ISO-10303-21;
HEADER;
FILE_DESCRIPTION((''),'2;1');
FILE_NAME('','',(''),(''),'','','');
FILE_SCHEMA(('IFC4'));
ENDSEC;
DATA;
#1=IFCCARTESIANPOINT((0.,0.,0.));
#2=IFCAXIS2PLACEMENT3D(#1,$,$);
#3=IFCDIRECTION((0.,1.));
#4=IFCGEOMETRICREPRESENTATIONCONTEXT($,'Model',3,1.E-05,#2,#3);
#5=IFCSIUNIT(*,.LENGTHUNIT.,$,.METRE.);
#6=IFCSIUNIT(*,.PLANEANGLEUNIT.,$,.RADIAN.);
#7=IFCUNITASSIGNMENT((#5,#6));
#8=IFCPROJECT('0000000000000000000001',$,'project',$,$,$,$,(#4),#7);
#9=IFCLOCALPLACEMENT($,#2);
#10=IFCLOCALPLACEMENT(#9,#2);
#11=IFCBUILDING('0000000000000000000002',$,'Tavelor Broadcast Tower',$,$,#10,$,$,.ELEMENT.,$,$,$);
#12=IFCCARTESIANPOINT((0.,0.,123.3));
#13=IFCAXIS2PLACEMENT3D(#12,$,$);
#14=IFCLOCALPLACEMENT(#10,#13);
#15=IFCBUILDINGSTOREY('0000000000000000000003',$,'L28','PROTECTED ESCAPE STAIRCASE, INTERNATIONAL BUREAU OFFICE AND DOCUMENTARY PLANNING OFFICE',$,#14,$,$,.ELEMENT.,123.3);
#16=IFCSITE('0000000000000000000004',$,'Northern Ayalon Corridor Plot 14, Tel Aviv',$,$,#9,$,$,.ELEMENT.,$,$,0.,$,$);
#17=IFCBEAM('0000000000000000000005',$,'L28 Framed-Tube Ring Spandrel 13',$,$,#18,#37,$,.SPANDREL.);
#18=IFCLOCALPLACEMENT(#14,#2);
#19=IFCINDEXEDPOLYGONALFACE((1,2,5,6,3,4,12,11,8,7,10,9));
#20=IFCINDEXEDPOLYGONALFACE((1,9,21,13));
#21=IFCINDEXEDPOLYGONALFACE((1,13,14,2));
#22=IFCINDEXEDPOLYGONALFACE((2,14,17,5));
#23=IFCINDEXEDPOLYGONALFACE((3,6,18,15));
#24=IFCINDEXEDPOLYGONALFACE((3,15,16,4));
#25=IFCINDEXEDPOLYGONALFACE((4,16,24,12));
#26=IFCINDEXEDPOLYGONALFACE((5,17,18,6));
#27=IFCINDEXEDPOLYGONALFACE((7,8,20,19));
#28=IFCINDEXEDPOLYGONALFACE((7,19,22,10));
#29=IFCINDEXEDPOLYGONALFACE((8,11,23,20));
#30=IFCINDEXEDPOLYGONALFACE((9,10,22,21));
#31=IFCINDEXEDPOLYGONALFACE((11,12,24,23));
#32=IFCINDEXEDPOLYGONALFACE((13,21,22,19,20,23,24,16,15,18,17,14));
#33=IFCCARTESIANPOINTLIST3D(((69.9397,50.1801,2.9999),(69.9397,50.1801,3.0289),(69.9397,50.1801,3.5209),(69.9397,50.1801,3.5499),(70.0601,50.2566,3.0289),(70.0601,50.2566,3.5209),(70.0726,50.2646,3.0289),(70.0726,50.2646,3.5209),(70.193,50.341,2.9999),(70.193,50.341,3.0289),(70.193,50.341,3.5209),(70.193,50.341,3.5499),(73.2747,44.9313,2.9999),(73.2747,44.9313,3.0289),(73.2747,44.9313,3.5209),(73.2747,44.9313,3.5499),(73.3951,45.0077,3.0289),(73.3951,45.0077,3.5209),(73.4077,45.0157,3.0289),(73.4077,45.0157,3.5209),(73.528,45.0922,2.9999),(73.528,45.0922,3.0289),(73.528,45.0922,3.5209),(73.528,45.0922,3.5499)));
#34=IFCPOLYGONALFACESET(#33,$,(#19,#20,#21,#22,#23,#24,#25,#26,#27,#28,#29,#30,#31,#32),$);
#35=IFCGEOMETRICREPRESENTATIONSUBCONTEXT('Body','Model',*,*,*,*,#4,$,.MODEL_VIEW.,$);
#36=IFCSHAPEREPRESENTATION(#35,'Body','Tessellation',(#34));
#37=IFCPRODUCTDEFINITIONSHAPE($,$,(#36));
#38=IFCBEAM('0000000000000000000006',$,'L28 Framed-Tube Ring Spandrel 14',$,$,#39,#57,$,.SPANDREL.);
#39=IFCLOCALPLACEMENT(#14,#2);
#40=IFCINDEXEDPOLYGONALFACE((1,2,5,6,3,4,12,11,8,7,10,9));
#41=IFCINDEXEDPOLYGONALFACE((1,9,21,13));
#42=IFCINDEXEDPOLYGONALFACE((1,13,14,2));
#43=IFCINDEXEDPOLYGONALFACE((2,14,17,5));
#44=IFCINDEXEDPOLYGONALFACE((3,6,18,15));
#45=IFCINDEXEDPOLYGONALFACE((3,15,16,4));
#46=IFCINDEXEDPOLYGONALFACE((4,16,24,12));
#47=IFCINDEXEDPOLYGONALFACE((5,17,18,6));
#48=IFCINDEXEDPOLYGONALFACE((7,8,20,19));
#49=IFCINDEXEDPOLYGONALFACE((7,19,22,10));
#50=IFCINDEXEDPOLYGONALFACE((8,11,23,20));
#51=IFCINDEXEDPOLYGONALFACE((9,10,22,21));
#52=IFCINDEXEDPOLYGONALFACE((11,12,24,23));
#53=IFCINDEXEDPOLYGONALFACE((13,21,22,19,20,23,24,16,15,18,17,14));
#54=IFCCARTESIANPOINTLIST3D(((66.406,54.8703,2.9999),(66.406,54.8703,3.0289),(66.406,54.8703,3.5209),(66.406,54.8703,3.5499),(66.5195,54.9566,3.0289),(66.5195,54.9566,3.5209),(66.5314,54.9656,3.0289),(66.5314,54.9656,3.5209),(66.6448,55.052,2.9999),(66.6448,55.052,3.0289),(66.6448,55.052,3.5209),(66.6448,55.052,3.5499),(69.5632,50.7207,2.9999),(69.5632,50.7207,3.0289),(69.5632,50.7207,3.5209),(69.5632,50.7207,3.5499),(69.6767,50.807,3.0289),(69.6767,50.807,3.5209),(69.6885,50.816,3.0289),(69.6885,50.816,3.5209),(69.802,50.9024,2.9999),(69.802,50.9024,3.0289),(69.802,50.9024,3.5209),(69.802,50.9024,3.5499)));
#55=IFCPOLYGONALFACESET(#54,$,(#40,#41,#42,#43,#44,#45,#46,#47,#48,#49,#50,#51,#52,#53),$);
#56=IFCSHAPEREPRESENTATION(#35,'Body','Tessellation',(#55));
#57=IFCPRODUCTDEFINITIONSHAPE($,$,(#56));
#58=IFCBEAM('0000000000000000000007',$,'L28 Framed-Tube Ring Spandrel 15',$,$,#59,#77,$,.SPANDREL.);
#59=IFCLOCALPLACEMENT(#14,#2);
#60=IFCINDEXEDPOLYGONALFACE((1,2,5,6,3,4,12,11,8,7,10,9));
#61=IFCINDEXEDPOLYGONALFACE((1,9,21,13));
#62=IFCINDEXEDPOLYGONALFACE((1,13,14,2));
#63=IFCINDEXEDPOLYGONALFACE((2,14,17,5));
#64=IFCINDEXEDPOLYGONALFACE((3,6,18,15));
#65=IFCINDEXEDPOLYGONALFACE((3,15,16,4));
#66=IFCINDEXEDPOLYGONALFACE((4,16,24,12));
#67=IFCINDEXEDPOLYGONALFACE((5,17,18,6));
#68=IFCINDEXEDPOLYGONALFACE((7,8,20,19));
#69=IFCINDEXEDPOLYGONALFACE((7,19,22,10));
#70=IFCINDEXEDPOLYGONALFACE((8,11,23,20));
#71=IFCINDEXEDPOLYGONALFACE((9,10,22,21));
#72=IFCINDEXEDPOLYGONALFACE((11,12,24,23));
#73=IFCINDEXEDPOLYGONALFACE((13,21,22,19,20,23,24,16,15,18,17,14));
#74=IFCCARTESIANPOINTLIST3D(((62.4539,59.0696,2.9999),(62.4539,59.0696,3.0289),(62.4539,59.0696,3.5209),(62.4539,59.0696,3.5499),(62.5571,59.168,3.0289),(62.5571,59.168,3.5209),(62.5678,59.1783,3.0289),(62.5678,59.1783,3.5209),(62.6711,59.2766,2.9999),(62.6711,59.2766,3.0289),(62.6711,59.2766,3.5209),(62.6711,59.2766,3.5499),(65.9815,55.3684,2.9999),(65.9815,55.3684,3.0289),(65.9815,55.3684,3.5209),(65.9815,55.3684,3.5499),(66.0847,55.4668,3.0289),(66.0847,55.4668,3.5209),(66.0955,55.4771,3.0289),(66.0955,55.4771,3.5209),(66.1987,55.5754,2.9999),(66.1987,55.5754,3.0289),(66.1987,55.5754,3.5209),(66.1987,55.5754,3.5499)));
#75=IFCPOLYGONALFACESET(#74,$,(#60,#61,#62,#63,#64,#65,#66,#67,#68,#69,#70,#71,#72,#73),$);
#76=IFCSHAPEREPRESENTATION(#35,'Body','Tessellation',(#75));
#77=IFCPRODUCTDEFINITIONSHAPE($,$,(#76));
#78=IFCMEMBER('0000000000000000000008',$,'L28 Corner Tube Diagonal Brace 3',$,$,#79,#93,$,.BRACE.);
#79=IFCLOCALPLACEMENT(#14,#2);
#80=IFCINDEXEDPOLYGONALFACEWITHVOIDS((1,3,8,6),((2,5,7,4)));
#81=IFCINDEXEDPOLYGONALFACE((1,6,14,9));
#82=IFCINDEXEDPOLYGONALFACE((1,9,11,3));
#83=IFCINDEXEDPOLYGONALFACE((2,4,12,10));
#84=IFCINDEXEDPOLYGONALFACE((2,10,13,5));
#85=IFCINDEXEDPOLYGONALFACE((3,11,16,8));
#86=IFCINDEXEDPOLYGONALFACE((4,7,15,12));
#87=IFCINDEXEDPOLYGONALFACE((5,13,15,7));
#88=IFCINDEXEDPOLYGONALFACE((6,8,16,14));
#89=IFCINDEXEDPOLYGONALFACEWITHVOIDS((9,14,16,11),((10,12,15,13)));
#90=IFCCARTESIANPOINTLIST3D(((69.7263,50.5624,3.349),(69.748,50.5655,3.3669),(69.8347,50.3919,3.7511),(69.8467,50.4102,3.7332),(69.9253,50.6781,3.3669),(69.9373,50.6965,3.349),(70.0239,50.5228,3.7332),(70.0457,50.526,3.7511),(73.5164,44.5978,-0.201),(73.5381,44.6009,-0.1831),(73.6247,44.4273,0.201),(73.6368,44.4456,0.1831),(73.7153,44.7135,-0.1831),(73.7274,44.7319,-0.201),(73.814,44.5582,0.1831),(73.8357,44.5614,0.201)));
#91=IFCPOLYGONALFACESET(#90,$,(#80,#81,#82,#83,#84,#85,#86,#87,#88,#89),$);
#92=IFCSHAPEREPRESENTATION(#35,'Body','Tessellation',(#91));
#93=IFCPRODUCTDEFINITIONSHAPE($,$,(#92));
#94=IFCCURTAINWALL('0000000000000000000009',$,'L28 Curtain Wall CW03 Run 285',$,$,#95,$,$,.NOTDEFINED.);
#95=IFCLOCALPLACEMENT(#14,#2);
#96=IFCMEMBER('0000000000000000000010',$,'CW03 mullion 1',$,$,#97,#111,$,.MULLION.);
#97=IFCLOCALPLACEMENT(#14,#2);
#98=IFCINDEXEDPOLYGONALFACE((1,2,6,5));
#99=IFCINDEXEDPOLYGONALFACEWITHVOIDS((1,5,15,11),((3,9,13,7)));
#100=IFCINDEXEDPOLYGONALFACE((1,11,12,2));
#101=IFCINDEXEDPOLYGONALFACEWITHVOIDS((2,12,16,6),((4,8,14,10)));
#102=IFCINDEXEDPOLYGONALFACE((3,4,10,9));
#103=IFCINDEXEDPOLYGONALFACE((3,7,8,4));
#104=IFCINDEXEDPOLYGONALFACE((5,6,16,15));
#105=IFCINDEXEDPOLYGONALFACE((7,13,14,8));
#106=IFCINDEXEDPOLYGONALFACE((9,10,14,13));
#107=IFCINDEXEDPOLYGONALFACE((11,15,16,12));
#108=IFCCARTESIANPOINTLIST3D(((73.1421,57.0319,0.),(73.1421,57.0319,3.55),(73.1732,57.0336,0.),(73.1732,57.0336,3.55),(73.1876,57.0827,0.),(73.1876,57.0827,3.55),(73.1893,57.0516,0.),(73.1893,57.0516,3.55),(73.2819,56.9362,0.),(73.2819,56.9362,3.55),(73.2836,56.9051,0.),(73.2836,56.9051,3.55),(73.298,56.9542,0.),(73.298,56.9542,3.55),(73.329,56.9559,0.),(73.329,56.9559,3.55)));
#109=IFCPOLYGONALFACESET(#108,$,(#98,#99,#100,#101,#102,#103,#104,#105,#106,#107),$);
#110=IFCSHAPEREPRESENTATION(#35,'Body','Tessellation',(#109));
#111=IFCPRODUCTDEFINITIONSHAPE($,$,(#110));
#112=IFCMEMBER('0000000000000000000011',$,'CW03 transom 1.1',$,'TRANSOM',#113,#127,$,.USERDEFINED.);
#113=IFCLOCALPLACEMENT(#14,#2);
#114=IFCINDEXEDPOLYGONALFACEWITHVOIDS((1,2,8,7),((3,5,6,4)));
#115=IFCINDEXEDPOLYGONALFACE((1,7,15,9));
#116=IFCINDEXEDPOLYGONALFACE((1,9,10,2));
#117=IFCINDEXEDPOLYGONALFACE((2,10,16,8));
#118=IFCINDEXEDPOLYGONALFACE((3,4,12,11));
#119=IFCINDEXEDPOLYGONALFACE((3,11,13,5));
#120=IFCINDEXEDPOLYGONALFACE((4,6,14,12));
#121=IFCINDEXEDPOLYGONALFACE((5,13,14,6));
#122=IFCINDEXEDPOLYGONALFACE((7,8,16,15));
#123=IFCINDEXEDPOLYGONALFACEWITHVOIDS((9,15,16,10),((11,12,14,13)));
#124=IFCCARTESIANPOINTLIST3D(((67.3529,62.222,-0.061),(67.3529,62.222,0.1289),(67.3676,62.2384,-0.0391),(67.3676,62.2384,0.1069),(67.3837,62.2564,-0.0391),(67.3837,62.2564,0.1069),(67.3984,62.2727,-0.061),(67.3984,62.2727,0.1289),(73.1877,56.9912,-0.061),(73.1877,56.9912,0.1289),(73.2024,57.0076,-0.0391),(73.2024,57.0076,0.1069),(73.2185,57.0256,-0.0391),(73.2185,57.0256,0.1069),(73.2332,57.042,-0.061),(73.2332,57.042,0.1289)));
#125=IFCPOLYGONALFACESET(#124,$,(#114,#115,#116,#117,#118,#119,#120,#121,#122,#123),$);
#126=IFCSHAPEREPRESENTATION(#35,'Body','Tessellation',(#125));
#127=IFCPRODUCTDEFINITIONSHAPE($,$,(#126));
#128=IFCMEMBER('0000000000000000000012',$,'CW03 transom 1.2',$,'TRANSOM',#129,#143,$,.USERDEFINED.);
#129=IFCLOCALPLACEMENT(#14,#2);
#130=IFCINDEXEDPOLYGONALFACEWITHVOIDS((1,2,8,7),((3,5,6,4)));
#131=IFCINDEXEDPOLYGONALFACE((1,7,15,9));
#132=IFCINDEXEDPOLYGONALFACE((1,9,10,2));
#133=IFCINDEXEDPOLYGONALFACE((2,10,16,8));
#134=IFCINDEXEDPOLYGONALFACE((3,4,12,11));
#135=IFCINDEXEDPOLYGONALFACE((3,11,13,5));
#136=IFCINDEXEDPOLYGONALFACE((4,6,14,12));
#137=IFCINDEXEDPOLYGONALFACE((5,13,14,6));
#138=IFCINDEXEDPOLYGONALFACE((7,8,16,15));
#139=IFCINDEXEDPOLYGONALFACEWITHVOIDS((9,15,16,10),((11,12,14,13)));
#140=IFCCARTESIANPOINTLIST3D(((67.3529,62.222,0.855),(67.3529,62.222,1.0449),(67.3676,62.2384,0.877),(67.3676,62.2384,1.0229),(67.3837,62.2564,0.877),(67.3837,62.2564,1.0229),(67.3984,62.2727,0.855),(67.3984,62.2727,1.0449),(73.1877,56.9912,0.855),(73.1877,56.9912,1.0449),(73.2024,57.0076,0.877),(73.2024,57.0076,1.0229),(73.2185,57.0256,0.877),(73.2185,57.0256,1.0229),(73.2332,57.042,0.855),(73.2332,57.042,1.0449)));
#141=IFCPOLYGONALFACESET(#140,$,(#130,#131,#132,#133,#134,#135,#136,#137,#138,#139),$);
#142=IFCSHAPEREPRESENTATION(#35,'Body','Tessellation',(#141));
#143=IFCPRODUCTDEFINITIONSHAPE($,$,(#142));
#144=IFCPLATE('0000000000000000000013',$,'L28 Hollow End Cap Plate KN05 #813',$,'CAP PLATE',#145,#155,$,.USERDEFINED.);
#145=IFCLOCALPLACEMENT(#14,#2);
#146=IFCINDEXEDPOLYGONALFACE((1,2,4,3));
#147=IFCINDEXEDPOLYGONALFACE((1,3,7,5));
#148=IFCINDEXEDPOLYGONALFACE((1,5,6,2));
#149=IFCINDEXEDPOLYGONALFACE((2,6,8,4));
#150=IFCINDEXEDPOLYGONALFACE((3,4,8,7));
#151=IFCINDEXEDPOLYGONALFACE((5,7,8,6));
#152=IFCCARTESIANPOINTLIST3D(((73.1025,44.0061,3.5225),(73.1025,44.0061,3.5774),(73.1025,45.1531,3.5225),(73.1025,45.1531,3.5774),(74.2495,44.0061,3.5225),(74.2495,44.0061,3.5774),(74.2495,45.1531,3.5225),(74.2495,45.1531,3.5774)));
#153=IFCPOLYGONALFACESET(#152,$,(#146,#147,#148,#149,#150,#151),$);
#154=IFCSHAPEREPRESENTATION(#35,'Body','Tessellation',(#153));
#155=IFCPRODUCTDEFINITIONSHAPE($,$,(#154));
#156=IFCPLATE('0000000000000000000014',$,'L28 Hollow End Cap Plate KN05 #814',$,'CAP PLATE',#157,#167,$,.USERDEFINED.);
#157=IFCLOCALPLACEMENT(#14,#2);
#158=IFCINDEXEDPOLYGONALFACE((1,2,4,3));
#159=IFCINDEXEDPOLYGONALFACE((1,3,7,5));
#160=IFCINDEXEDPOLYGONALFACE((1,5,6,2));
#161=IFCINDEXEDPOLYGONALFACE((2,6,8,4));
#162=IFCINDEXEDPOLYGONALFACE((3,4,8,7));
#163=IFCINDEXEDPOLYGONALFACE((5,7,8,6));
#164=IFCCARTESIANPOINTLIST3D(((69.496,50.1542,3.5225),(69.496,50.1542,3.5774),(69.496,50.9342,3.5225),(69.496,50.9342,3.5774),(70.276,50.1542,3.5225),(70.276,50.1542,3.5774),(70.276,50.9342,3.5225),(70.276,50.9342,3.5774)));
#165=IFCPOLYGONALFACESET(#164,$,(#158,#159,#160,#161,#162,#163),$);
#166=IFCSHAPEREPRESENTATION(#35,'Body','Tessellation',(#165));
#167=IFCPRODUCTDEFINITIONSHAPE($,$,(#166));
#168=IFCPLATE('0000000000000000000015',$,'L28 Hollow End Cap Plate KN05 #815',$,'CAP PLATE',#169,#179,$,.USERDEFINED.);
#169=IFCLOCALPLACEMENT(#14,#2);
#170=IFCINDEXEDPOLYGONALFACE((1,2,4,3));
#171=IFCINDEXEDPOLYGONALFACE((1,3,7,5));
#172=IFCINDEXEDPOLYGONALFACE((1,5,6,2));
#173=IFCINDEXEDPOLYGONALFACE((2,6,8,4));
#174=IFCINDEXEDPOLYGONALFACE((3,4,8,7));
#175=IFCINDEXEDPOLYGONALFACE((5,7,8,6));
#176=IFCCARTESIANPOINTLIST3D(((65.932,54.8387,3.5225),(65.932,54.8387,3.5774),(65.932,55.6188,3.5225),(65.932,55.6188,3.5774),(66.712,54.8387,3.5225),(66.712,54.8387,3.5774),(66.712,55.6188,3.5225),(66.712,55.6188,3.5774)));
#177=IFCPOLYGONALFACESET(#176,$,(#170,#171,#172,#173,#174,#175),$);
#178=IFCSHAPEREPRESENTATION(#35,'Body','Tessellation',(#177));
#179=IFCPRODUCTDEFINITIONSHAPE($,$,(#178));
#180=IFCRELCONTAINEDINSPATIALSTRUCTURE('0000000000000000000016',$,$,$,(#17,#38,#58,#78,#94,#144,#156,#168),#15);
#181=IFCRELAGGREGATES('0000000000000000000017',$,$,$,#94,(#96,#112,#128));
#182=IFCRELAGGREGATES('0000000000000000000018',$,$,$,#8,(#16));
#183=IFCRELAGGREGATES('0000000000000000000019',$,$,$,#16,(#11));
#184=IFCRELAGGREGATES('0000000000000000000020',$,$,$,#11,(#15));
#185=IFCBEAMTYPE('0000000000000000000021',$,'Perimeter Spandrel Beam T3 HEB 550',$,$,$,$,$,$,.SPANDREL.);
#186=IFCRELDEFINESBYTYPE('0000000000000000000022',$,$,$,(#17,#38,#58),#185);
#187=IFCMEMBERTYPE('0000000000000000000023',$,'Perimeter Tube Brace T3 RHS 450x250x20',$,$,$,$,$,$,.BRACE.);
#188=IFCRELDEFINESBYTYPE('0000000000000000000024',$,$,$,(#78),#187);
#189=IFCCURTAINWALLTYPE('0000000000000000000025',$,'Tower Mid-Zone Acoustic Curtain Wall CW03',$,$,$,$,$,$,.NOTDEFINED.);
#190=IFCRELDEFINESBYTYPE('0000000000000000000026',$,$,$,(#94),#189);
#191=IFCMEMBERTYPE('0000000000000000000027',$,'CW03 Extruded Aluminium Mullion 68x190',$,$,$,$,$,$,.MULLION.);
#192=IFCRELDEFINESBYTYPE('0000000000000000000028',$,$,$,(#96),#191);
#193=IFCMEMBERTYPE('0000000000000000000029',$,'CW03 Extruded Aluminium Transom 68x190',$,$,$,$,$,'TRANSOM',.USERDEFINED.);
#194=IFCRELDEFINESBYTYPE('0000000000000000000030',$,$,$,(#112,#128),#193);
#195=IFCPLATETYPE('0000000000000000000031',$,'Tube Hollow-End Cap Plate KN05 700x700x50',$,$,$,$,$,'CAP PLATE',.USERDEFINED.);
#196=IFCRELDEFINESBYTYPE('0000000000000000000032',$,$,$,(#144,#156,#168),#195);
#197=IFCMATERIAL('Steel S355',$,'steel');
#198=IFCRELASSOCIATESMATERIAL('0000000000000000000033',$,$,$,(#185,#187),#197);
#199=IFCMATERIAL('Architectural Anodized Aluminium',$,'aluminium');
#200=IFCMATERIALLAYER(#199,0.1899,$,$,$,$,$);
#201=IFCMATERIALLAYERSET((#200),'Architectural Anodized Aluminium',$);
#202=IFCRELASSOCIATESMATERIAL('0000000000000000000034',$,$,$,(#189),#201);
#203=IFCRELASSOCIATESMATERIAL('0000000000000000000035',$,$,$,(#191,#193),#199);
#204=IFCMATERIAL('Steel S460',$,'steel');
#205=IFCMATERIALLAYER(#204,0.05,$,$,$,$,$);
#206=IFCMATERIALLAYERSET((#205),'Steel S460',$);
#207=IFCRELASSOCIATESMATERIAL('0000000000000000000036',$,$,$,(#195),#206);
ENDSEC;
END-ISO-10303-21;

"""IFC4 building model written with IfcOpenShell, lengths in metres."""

from ifc_helpers import new_model, si_unit, direction, frame, origin, origin_2d, place, context, subcontext, project, spatial, rectangle, hollow_rectangle, i_section, extrude, source, transform, mapped, material, layer, layer_set, material_profile, profile_set, type_object, type_shapes, element, aggregate, save


model = new_model("IFC4")

# Units and contexts
model_context = context("Model", 3, precision=1e-05, world=origin(), true_north=direction((0.0, 1.0)))
body_context = subcontext(model_context, "Body", "Model", "MODEL_VIEW")
ifc_project = project(units=[si_unit("LENGTHUNIT", "METRE"), si_unit("PLANEANGLEUNIT", "RADIAN")], contexts=[model_context])

# Site, building, storey
site_placement = place(None, origin())
site = spatial("IfcSite", under=ifc_project, at=site_placement, Name="Northern Ayalon Corridor Plot 14, Tel Aviv", CompositionType="ELEMENT", RefElevation=0.0)
building_placement = place(site_placement, origin())
building = spatial("IfcBuilding", under=site, at=building_placement, Name="Tavelor Broadcast Tower", CompositionType="ELEMENT")
storey_placement = place(building_placement, frame((0.0, 0.0, 123.3)))
storey = spatial("IfcBuildingStorey", under=building, at=storey_placement, Name="L28", Description="PROTECTED ESCAPE STAIRCASE, INTERNATIONAL BUREAU OFFICE AND DOCUMENTARY PLANNING OFFICE", CompositionType="ELEMENT", Elevation=123.3)

# Shared definitions
ifc_material_1 = material(Name="Steel S460", Category="steel")

# Beams
ifc_material_2 = material(Name="Steel S355", Category="steel")
ifc_material_profile_1 = material_profile(ifc_material_2, i_section(OverallWidth=0.3, OverallDepth=0.55, WebThickness=0.0149, FlangeThickness=0.0291, at=origin_2d()), Name="HEB 550")
ifc_profile_set_1 = profile_set([ifc_material_profile_1], Name="Steel S355")
beam_type_1 = type_object("IfcBeamType", Name="Perimeter Spandrel Beam T3 HEB 550", PredefinedType="SPANDREL", material=ifc_profile_set_1)
beam_1_placement = place(storey_placement, frame((73.4014, 45.0117, 3.2749), z_axis=(-0.536283, 0.844038, 0.0), x_axis=(-0.844038, -0.536283, 0.0)))
element("IfcBeam", 1, at=beam_1_placement, inside=storey, type_object=beam_type_1, Name="L28 Framed-Tube Ring Spandrel 13", PredefinedType="SPANDREL", context=body_context, shape_type="SweptSolid", body=[
    extrude(i_section(OverallWidth=0.3, OverallDepth=0.55, WebThickness=0.0149, FlangeThickness=0.0291, at=origin_2d()), origin(), (0.0, 0.0, 1.0), 6.2188),
])
beam_2_placement = place(storey_placement, frame((69.6826, 50.8115, 3.2749), z_axis=(-0.605507, 0.79584, 0.0), x_axis=(-0.79584, -0.605507, 0.0)))
element("IfcBeam", 2, at=beam_2_placement, inside=storey, type_object=beam_type_1, Name="L28 Framed-Tube Ring Spandrel 14", PredefinedType="SPANDREL", context=body_context, shape_type="SweptSolid", body=[
    extrude(i_section(OverallWidth=0.3, OverallDepth=0.55, WebThickness=0.0149, FlangeThickness=0.0291, at=origin_2d()), origin(), (0.0, 0.0, 1.0), 5.2141),
])
beam_3_placement = place(storey_placement, frame((66.0901, 55.4719, 3.2749), z_axis=(-0.689928, 0.723878, 0.0), x_axis=(-0.723878, -0.689928, 0.0)))
element("IfcBeam", 3, at=beam_3_placement, inside=storey, type_object=beam_type_1, Name="L28 Framed-Tube Ring Spandrel 15", PredefinedType="SPANDREL", context=body_context, shape_type="SweptSolid", body=[
    extrude(i_section(OverallWidth=0.3, OverallDepth=0.55, WebThickness=0.0149, FlangeThickness=0.0291, at=origin_2d()), origin(), (0.0, 0.0, 1.0), 5.113),
])

# Member
ifc_material_profile_2 = material_profile(ifc_material_2, hollow_rectangle(XDim=0.25, YDim=0.45, WallThickness=0.02, at=origin_2d()), Name="RHS 450x250x20")
ifc_profile_set_2 = profile_set([ifc_material_profile_2], Name="Steel S355")
member_type_1 = type_object("IfcMemberType", Name="Perimeter Tube Brace T3 RHS 450x250x20", PredefinedType="BRACE", material=ifc_profile_set_2)
member_1_placement = place(storey_placement, frame((73.676, 44.5796, 0.0), z_axis=(-0.479239, 0.754205, 0.448893), x_axis=(-0.844021, -0.53631, 0.0)))
element("IfcMember", 4, at=member_1_placement, inside=storey, type_object=member_type_1, Name="L28 Corner Tube Diagonal Brace 3", PredefinedType="BRACE", context=body_context, shape_type="SweptSolid", body=[
    extrude(hollow_rectangle(XDim=0.25, YDim=0.45, WallThickness=0.02, at=origin_2d()), origin(), (0.0, 0.0, 1.0), 7.9084),
])

# Curtain wall, members
ifc_material_3 = material(Name="Architectural Anodized Aluminium", Category="aluminium")
ifc_layer_1 = layer(ifc_material_3, 0.1899)
ifc_layer_set_1 = layer_set([ifc_layer_1], Name="Architectural Anodized Aluminium")
curtain_wall_type = type_object("IfcCurtainWallType", Name="Tower Mid-Zone Acoustic Curtain Wall CW03", PredefinedType="NOTDEFINED", material=ifc_layer_set_1)
curtain_wall_placement = place(storey_placement, origin())
curtain_wall = element("IfcCurtainWall", 5, at=curtain_wall_placement, inside=storey, type_object=curtain_wall_type, Name="L28 Curtain Wall CW03 Run 285", PredefinedType="NOTDEFINED")
ifc_material_profile_3 = material_profile(ifc_material_3, hollow_rectangle(XDim=0.0681, YDim=0.1899, WallThickness=0.022, at=origin_2d()), Name="RHS 68x190x22")
ifc_profile_set_3 = profile_set([ifc_material_profile_3], Name="Architectural Anodized Aluminium")
member_type_2 = type_object("IfcMemberType", Name="CW03 Extruded Aluminium Mullion 68x190", PredefinedType="MULLION", material=ifc_profile_set_3)
shared_shape_1 = source(origin(), body_context, "Body", "SweptSolid", [
    extrude(hollow_rectangle(XDim=0.0681, YDim=0.1899, WallThickness=0.022, at=origin_2d()), origin(), (0.0, 0.0, 1.0), 3.55),
])
type_shapes(member_type_2, [shared_shape_1])
member_2_placement = place(storey_placement, frame((73.2356, 56.9939, 0.0), z_axis=(0.0, 0.0, 1.0), x_axis=(-0.667515, -0.744596, 0.0)))
member_2 = element("IfcMember", 6, at=member_2_placement, type_object=member_type_2, Name="CW03 mullion 1", PredefinedType="MULLION", context=body_context, shape_type="MappedRepresentation", body=[
    mapped(shared_shape_1, transform((0.0, 0.0, 0.0), scale=1.0)),
])
ifc_material_profile_4 = material_profile(ifc_material_3, hollow_rectangle(XDim=0.0681, YDim=0.1899, WallThickness=0.022, at=origin_2d()), Name="RHS 68x190x22")
ifc_profile_set_4 = profile_set([ifc_material_profile_4], Name="Architectural Anodized Aluminium")
member_type_3 = type_object("IfcMemberType", Name="CW03 Extruded Aluminium Transom 68x190", ElementType="TRANSOM", PredefinedType="USERDEFINED", material=ifc_profile_set_4)
shared_shape_2 = source(origin(), body_context, "Body", "SweptSolid", [
    extrude(hollow_rectangle(XDim=0.0681, YDim=0.1899, WallThickness=0.022, at=origin_2d()), origin(), (0.0, 0.0, 1.0), 7.8362),
])
type_shapes(member_type_3, [shared_shape_2])
member_3_placement = place(storey_placement, frame((73.2104, 57.0166, 0.0339), z_axis=(-0.744596, 0.667516, 0.0), x_axis=(-0.667516, -0.744596, 0.0)))
member_3 = element("IfcMember", 7, at=member_3_placement, type_object=member_type_3, Name="CW03 transom 1.1", ObjectType="TRANSOM", PredefinedType="USERDEFINED", context=body_context, shape_type="MappedRepresentation", body=[
    mapped(shared_shape_2, transform((0.0, 0.0, 0.0), scale=1.0)),
])
member_4_placement = place(storey_placement, frame((73.2104, 57.0166, 0.95), z_axis=(-0.744596, 0.667516, 0.0), x_axis=(-0.667516, -0.744596, 0.0)))
member_4 = element("IfcMember", 8, at=member_4_placement, type_object=member_type_3, Name="CW03 transom 1.2", ObjectType="TRANSOM", PredefinedType="USERDEFINED", context=body_context, shape_type="MappedRepresentation", body=[
    mapped(shared_shape_2, transform((0.0, 0.0, 0.0), scale=1.0)),
])
aggregate(curtain_wall, [member_2, member_3, member_4])

# Plates
ifc_layer_2 = layer(ifc_material_1, 0.05)
ifc_layer_set_2 = layer_set([ifc_layer_2], Name="Steel S460")
plate_type = type_object("IfcPlateType", Name="Tube Hollow-End Cap Plate KN05 700x700x50", ElementType="CAP PLATE", PredefinedType="USERDEFINED", material=ifc_layer_set_2)
shared_shape_3 = source(origin(), body_context, "Body", "SweptSolid", [
    extrude(rectangle(XDim=1.147, YDim=1.147, at=origin_2d()), origin(), (0.0, 0.0, 1.0), 0.0549),
])
plate_placement = place(storey_placement, frame((73.676, 44.5796, 3.5225), z_axis=(0.0, 0.0, 1.0), x_axis=(1.0, 0.0, 0.0)))
element("IfcPlate", 9, at=plate_placement, inside=storey, type_object=plate_type, Name="L28 Hollow End Cap Plate KN05 #813", ObjectType="CAP PLATE", PredefinedType="USERDEFINED", context=body_context, shape_type="MappedRepresentation", body=[
    mapped(shared_shape_3, transform((0.0, 0.0, 0.0), scale=1.0)),
])
shared_shape_4 = source(origin(), body_context, "Body", "SweptSolid", [
    extrude(rectangle(XDim=0.78, YDim=0.78, at=origin_2d()), origin(), (0.0, 0.0, 1.0), 0.0549),
])
type_shapes(plate_type, [shared_shape_3, shared_shape_4])
for number, where, z_axis, x_axis, name in (
    (10, (69.886, 50.5442, 3.5225), (0.0, 0.0, 1.0), (1.0, 0.0, 0.0), "L28 Hollow End Cap Plate KN05 #814"),
    (11, (66.322, 55.2288, 3.5225), (0.0, 0.0, 1.0), (1.0, 0.0, 0.0), "L28 Hollow End Cap Plate KN05 #815"),
):
    element("IfcPlate", number, at=place(storey_placement, frame(where, z_axis=z_axis, x_axis=x_axis)), inside=storey, type_object=plate_type, Name=name, ObjectType="CAP PLATE", PredefinedType="USERDEFINED", context=body_context, shape_type="MappedRepresentation", body=[
        mapped(shared_shape_4, transform((0.0, 0.0, 0.0), scale=1.0)),
    ])

save(model, "model.ifc")
